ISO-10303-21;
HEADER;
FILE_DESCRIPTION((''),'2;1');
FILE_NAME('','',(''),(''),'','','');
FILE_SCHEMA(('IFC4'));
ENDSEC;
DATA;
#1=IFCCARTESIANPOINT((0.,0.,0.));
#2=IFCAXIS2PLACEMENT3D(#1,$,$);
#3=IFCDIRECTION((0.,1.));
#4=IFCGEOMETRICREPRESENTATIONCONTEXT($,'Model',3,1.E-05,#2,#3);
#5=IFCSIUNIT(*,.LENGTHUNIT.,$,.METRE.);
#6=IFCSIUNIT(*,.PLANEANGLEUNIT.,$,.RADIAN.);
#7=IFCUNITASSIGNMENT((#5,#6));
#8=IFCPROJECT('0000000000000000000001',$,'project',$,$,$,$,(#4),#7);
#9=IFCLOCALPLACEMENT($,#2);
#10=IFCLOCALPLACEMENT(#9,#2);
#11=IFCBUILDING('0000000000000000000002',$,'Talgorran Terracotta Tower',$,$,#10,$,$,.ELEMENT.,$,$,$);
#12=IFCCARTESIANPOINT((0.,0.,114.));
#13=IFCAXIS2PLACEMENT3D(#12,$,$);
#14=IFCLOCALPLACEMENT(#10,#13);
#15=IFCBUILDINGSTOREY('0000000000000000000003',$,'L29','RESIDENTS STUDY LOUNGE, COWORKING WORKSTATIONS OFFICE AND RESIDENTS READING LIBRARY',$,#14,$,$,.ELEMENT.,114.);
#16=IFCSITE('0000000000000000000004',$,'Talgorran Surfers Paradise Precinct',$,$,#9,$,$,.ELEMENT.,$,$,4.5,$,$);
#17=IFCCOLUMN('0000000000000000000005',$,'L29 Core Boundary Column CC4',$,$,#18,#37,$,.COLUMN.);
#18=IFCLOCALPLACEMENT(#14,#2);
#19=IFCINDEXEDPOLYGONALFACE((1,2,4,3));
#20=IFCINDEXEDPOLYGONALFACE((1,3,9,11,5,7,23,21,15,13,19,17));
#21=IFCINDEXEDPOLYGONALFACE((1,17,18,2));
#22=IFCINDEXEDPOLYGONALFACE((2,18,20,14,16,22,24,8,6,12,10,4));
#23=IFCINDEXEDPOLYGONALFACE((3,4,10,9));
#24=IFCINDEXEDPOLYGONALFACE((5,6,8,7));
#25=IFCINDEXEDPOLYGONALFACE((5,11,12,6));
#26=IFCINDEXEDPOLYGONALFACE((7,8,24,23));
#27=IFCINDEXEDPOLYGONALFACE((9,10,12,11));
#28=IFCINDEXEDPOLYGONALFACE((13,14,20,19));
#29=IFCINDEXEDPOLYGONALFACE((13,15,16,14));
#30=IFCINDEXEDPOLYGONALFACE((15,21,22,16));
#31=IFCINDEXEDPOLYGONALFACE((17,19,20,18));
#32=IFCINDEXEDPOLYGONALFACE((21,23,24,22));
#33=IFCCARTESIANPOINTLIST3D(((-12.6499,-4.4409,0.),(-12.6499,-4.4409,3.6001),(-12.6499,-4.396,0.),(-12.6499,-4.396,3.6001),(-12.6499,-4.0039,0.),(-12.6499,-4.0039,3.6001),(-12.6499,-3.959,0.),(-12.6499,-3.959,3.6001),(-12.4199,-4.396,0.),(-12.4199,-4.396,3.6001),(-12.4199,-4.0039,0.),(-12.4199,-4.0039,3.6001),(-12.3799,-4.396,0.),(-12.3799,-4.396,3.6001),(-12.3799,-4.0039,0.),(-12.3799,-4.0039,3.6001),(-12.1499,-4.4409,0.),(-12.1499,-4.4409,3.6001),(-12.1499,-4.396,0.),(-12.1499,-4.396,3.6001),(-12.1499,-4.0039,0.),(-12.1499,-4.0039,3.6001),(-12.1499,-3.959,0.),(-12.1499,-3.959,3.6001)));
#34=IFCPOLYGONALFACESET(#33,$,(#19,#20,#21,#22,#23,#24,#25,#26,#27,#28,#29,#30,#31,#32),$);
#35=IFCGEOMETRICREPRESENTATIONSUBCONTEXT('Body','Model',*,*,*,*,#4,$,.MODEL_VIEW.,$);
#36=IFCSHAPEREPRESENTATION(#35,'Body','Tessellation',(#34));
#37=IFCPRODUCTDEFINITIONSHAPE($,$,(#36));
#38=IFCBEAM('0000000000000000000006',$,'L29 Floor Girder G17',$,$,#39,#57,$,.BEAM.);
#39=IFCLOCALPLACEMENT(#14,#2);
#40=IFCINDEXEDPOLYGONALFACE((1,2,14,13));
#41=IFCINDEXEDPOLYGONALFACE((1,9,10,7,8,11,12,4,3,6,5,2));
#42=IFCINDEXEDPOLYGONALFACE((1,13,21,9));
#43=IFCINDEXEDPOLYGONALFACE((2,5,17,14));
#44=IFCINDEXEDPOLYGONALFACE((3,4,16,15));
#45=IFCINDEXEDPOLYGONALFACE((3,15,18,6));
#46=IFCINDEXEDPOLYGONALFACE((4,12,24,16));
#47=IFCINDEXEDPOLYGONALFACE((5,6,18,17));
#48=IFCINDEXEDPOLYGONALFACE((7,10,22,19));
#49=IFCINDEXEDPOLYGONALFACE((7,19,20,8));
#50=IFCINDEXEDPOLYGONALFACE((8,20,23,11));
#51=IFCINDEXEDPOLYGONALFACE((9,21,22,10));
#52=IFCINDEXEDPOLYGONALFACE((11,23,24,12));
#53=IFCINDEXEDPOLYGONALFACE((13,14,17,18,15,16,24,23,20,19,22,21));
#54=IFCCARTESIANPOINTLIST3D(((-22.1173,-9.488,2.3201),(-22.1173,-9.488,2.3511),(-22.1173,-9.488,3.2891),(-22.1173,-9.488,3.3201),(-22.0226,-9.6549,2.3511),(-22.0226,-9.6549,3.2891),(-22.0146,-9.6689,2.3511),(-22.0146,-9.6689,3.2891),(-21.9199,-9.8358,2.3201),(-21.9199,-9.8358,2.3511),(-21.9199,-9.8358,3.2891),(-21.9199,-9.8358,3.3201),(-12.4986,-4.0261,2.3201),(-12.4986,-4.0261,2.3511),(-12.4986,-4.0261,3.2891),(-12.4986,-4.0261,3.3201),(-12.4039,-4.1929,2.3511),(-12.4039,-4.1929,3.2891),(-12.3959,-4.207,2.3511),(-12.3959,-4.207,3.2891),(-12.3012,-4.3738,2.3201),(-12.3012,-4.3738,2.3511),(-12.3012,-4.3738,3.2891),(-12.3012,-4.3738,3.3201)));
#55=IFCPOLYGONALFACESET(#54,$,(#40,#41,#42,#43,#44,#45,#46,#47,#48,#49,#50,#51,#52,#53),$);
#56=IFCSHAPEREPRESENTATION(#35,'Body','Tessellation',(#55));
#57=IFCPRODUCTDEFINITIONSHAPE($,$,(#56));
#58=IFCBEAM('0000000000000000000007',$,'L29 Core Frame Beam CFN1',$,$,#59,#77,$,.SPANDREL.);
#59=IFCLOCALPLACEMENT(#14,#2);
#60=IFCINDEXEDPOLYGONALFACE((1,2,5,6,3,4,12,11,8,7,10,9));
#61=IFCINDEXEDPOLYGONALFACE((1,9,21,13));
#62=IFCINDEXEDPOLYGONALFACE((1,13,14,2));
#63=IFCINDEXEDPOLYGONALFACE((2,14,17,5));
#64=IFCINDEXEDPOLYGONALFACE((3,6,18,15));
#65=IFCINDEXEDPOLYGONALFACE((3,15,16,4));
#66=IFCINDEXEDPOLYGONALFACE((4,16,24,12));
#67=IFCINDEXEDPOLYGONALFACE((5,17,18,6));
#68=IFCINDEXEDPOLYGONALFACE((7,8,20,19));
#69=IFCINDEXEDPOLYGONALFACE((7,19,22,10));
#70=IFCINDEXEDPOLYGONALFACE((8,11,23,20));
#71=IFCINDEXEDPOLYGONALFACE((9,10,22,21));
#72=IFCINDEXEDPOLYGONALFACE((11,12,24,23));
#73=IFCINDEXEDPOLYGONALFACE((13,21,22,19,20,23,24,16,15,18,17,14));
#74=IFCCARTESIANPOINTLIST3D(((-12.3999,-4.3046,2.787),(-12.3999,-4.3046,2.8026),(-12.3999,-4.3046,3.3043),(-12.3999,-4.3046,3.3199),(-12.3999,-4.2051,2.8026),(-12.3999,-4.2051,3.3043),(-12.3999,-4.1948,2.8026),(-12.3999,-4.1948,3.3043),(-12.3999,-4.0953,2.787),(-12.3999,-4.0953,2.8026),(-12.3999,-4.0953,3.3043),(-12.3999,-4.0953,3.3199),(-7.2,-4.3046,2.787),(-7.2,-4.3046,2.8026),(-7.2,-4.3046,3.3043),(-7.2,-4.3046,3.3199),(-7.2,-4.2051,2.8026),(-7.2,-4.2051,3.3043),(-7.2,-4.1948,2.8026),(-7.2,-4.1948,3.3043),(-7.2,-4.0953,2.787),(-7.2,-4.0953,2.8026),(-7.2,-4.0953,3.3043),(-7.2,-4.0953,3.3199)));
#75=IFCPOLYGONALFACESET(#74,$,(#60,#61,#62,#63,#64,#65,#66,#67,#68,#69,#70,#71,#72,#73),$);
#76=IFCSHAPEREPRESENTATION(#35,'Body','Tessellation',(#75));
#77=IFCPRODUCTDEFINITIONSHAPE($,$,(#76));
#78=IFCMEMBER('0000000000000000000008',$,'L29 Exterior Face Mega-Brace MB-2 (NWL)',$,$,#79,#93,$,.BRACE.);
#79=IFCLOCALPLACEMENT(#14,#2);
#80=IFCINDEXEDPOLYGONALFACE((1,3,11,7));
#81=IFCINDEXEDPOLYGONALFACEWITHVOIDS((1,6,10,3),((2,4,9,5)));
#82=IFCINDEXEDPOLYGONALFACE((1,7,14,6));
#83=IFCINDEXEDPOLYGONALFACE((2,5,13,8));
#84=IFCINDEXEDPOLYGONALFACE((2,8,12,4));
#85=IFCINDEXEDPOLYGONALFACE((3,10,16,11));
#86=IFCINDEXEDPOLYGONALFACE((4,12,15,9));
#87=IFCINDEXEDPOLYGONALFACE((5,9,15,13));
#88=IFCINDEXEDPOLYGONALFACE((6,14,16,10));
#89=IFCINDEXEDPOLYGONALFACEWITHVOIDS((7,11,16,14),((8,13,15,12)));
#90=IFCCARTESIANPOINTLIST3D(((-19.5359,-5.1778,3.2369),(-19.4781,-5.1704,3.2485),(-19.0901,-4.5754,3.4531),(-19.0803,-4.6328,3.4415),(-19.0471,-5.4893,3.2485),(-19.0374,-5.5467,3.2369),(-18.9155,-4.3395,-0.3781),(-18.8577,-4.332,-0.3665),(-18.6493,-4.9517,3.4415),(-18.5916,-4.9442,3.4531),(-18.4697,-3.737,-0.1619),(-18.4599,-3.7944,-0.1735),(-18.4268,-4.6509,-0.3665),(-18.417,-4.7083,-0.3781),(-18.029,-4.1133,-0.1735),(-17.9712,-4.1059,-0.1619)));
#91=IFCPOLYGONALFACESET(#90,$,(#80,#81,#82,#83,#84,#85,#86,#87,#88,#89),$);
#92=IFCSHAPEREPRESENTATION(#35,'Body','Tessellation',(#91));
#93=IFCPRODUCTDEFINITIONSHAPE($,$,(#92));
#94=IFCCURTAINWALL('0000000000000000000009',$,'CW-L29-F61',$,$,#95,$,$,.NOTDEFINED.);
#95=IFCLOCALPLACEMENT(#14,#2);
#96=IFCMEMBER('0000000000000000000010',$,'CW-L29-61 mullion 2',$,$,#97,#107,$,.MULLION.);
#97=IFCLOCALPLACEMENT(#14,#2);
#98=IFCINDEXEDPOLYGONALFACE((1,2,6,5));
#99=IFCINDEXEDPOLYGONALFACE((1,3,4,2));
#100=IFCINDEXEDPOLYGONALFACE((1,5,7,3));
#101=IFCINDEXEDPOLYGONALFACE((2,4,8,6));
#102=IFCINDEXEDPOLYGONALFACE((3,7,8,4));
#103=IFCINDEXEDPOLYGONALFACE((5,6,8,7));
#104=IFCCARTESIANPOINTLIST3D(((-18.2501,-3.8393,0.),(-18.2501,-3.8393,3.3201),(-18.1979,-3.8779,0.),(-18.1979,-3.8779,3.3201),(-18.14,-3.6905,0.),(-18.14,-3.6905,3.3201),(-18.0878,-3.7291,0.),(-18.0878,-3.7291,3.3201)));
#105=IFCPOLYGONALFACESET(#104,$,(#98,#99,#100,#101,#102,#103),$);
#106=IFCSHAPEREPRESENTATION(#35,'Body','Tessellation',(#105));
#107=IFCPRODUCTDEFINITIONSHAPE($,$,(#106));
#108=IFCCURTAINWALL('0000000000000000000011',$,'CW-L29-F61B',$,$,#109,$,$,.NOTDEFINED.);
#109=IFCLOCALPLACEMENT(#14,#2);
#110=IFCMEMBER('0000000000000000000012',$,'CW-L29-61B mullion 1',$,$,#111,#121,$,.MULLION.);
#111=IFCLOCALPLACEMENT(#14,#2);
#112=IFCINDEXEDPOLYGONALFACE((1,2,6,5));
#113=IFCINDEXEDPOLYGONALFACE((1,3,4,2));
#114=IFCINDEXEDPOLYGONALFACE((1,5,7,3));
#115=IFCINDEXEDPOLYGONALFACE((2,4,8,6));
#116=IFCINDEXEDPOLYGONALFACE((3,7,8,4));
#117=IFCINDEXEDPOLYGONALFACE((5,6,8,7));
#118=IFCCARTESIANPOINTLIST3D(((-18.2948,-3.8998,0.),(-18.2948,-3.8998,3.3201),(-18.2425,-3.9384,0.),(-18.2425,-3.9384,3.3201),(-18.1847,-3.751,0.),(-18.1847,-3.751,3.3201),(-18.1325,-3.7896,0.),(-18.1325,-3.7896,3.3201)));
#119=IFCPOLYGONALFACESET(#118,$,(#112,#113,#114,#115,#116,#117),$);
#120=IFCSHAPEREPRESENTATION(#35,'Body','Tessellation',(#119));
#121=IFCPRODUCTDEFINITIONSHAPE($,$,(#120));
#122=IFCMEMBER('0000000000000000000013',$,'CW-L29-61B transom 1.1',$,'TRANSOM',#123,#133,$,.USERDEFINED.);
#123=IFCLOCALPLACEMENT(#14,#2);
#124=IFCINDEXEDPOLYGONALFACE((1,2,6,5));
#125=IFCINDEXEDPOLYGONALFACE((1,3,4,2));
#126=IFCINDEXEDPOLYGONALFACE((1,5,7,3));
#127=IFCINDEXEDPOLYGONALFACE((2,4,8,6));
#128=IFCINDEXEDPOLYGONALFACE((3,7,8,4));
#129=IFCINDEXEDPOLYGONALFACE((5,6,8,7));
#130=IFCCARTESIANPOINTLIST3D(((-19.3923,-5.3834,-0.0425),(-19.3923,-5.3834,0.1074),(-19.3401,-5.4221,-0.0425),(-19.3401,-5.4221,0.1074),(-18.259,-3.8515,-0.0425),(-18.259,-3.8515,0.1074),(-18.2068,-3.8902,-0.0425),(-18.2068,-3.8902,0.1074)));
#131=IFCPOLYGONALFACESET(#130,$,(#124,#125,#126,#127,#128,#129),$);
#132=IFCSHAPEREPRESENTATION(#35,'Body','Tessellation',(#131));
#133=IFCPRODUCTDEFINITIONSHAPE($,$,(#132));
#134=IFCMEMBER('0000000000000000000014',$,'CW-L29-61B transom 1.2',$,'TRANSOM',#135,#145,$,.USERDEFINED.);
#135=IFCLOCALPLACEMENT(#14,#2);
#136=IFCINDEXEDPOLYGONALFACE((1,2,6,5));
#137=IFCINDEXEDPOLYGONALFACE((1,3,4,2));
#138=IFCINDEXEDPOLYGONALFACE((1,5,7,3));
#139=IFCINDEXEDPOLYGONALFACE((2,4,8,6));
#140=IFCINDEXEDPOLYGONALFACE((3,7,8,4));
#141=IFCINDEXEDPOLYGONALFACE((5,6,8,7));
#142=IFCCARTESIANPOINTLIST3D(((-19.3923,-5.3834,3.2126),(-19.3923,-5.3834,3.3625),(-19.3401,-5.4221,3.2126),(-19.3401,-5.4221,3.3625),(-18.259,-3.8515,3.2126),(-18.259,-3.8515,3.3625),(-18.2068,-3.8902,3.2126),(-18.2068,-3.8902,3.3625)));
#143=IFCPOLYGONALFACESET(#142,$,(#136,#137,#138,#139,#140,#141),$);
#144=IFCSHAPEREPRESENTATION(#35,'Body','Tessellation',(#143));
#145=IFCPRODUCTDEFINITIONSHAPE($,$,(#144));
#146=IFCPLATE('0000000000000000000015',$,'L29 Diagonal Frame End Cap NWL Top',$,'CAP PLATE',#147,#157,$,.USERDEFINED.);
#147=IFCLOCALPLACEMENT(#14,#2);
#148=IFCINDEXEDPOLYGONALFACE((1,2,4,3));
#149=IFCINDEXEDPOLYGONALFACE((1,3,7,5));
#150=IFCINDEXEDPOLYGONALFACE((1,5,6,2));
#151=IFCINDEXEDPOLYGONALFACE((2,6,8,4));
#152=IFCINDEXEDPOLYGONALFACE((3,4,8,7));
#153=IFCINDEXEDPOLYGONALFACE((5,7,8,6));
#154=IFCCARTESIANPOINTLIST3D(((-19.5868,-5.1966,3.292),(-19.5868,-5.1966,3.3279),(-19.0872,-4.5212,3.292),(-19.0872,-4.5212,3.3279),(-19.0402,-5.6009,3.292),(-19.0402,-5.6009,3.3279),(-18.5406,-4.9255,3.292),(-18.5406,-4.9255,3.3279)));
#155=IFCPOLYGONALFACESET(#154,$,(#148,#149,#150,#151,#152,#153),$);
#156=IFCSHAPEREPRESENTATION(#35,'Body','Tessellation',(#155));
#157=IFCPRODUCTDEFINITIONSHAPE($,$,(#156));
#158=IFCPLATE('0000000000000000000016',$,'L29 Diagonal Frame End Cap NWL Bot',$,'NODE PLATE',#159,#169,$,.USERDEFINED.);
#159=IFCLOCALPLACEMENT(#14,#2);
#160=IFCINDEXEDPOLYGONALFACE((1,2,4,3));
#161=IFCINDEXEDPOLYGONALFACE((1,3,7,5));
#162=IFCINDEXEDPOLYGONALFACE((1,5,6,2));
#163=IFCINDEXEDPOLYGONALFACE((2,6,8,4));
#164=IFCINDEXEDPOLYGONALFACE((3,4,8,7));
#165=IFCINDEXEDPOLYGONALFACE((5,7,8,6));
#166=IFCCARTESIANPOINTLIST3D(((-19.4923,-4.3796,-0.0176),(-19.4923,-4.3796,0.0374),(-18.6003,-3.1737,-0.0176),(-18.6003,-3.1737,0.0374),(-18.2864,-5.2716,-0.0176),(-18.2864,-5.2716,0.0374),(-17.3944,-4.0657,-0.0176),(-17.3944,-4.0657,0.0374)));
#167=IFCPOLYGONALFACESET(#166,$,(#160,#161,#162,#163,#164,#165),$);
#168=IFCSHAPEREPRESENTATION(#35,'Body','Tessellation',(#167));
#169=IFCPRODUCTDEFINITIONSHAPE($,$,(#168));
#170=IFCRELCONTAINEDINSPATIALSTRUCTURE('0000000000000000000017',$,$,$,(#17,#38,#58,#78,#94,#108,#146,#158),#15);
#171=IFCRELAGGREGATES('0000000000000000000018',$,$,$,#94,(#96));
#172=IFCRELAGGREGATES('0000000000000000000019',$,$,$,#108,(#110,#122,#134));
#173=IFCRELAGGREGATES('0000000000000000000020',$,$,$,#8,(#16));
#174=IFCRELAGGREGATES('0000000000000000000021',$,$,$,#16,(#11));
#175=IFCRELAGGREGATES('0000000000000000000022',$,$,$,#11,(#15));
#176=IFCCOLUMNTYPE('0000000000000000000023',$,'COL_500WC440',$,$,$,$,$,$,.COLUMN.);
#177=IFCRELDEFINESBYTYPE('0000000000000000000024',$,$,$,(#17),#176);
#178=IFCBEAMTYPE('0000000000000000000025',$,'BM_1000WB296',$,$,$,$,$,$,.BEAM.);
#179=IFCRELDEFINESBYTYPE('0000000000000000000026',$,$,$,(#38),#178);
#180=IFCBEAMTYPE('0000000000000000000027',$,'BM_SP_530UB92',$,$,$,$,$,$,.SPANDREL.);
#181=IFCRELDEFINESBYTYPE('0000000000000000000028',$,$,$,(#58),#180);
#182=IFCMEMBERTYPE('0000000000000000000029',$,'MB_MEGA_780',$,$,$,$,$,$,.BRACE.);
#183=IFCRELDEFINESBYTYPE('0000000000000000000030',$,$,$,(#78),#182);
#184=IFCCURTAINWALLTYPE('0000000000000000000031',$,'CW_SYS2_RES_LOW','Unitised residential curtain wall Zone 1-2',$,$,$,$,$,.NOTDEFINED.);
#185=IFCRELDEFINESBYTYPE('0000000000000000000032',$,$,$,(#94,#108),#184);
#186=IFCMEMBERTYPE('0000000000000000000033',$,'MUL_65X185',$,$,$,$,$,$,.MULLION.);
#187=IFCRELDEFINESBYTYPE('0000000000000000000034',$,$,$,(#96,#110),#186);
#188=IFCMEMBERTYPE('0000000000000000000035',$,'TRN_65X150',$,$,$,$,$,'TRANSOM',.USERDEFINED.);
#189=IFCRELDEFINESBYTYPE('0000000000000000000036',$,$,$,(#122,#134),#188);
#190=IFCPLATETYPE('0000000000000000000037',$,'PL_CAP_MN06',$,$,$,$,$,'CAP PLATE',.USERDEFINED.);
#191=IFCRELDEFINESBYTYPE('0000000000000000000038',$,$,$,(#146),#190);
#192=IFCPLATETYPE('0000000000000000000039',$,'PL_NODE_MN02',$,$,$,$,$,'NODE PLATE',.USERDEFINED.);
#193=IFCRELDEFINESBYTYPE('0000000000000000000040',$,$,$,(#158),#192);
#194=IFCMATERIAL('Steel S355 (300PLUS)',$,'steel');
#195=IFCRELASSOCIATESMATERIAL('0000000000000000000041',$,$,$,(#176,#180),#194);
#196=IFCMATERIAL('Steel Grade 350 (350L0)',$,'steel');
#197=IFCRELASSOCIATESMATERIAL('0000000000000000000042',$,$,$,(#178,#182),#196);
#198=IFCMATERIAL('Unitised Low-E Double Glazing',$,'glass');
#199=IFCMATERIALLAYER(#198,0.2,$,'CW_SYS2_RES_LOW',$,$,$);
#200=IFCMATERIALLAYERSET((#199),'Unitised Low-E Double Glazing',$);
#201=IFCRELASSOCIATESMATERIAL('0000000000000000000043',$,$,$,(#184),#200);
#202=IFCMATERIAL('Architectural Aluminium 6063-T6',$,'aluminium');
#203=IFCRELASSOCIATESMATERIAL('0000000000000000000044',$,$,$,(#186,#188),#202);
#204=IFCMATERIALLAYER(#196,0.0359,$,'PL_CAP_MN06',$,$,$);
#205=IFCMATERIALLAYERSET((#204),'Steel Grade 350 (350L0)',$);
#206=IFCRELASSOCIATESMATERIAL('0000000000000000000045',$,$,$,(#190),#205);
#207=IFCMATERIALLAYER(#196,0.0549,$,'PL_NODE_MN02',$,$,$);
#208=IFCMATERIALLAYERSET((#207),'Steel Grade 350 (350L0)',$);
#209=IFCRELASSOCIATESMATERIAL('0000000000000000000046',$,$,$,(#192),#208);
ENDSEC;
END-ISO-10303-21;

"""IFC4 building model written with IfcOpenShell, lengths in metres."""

from ifc_helpers import new_model, si_unit, direction, frame, origin, origin_2d, place, context, subcontext, project, spatial, rectangle, hollow_rectangle, i_section, extrude, material, layer, layer_set, material_profile, profile_set, type_object, element, aggregate, save


model = new_model("IFC4")

# Units and contexts
model_context = context("Model", 3, precision=1e-05, world=origin(), true_north=direction((0.0, 1.0)))
body_context = subcontext(model_context, "Body", "Model", "MODEL_VIEW")
ifc_project = project(units=[si_unit("LENGTHUNIT", "METRE"), si_unit("PLANEANGLEUNIT", "RADIAN")], contexts=[model_context])

# Site, building, storey
site_placement = place(None, origin())
site = spatial("IfcSite", under=ifc_project, at=site_placement, Name="Talgorran Surfers Paradise Precinct", CompositionType="ELEMENT", RefElevation=4.5)
building_placement = place(site_placement, origin())
building = spatial("IfcBuilding", under=site, at=building_placement, Name="Talgorran Terracotta Tower", CompositionType="ELEMENT")
storey_placement = place(building_placement, frame((0.0, 0.0, 114.0)))
storey = spatial("IfcBuildingStorey", under=building, at=storey_placement, Name="L29", Description="RESIDENTS STUDY LOUNGE, COWORKING WORKSTATIONS OFFICE AND RESIDENTS READING LIBRARY", CompositionType="ELEMENT", Elevation=114.0)

# Column
ifc_material_1 = material(Name="Steel S355 (300PLUS)", Category="steel")
ifc_material_profile_1 = material_profile(ifc_material_1, i_section(OverallWidth=0.5, OverallDepth=0.4819, WebThickness=0.04, FlangeThickness=0.0449, at=origin_2d()), Name="500WC440")
ifc_profile_set_1 = profile_set([ifc_material_profile_1], Name="Steel S355 (300PLUS)")
column_type = type_object("IfcColumnType", Name="COL_500WC440", PredefinedType="COLUMN", material=ifc_profile_set_1)
column_placement = place(storey_placement, frame((-12.3999, -4.2, 0.0), z_axis=(0.0, 0.0, 1.0), x_axis=(1.0, 0.0, 0.0)))
element("IfcColumn", 1, at=column_placement, inside=storey, type_object=column_type, Name="L29 Core Boundary Column CC4", PredefinedType="COLUMN", context=body_context, shape_type="SweptSolid", body=[
    extrude(i_section(OverallWidth=0.5, OverallDepth=0.4819, WebThickness=0.04, FlangeThickness=0.0449, at=origin_2d()), origin(), (0.0, 0.0, 1.0), 3.6001),
])

# Beams
ifc_material_2 = material(Name="Steel Grade 350 (350L0)", Category="steel")
ifc_material_profile_2 = material_profile(ifc_material_2, i_section(OverallWidth=0.3999, OverallDepth=1.0, WebThickness=0.0161, FlangeThickness=0.031, at=origin_2d()), Name="1000WB296")
ifc_profile_set_2 = profile_set([ifc_material_profile_2], Name="Steel Grade 350 (350L0)")
beam_type_1 = type_object("IfcBeamType", Name="BM_1000WB296", PredefinedType="BEAM", material=ifc_profile_set_2)
beam_1_placement = place(storey_placement, frame((-12.3999, -4.2, 2.8201), z_axis=(-0.869582, -0.493789, 0.0), x_axis=(0.493789, -0.869582, 0.0)))
element("IfcBeam", 2, at=beam_1_placement, inside=storey, type_object=beam_type_1, Name="L29 Floor Girder G17", PredefinedType="BEAM", context=body_context, shape_type="SweptSolid", body=[
    extrude(i_section(OverallWidth=0.3999, OverallDepth=1.0, WebThickness=0.0161, FlangeThickness=0.031, at=origin_2d()), origin(), (0.0, 0.0, 1.0), 11.0613),
])
ifc_material_profile_3 = material_profile(ifc_material_1, i_section(OverallWidth=0.2092, OverallDepth=0.533, WebThickness=0.0103, FlangeThickness=0.0156, at=origin_2d()), Name="530UB92.4")
ifc_profile_set_3 = profile_set([ifc_material_profile_3], Name="Steel S355 (300PLUS)")
beam_type_2 = type_object("IfcBeamType", Name="BM_SP_530UB92", PredefinedType="SPANDREL", material=ifc_profile_set_3)
beam_2_placement = place(storey_placement, frame((-12.3999, -4.2, 3.0535), z_axis=(1.0, 0.0, 0.0), x_axis=(0.0, 1.0, 0.0)))
element("IfcBeam", 3, at=beam_2_placement, inside=storey, type_object=beam_type_2, Name="L29 Core Frame Beam CFN1", PredefinedType="SPANDREL", context=body_context, shape_type="SweptSolid", body=[
    extrude(i_section(OverallWidth=0.2092, OverallDepth=0.533, WebThickness=0.0103, FlangeThickness=0.0156, at=origin_2d()), origin(), (0.0, 0.0, 1.0), 5.2),
])

# Member
ifc_material_profile_4 = material_profile(ifc_material_2, hollow_rectangle(XDim=0.6201, YDim=0.78, WallThickness=0.042, at=origin_2d()), Name="WBOX780X620X42")
ifc_profile_set_4 = profile_set([ifc_material_profile_4], Name="Steel Grade 350 (350L0)")
member_type_1 = type_object("IfcMemberType", Name="MB_MEGA_780", PredefinedType="BRACE", material=ifc_profile_set_4)
member_1_placement = place(storey_placement, frame((-18.4434, -4.2227, -0.27), z_axis=(-0.164883, -0.222829, 0.960813), x_axis=(0.80386, -0.594819, 0.0)))
element("IfcMember", 4, at=member_1_placement, inside=storey, type_object=member_type_1, Name="L29 Exterior Face Mega-Brace MB-2 (NWL)", PredefinedType="BRACE", context=body_context, shape_type="SweptSolid", body=[
    extrude(hollow_rectangle(XDim=0.6201, YDim=0.78, WallThickness=0.042, at=origin_2d()), origin(), (0.0, 0.0, 1.0), 3.7625),
])

# Curtain wall, member
ifc_material_3 = material(Name="Unitised Low-E Double Glazing", Category="glass")
ifc_layer_1 = layer(ifc_material_3, 0.2, Name="CW_SYS2_RES_LOW")
ifc_layer_set_1 = layer_set([ifc_layer_1], Name="Unitised Low-E Double Glazing")
curtain_wall_type = type_object("IfcCurtainWallType", Name="CW_SYS2_RES_LOW", Description="Unitised residential curtain wall Zone 1-2", PredefinedType="NOTDEFINED", material=ifc_layer_set_1)
curtain_wall_1_placement = place(storey_placement, origin())
curtain_wall_1 = element("IfcCurtainWall", 5, at=curtain_wall_1_placement, inside=storey, type_object=curtain_wall_type, Name="CW-L29-F61", PredefinedType="NOTDEFINED")
ifc_material_4 = material(Name="Architectural Aluminium 6063-T6", Category="aluminium")
ifc_material_profile_5 = material_profile(ifc_material_4, rectangle(XDim=0.0649, YDim=0.1851, at=origin_2d()), Name="CWM65X185")
ifc_profile_set_5 = profile_set([ifc_material_profile_5], Name="Architectural Aluminium 6063-T6")
member_type_2 = type_object("IfcMemberType", Name="MUL_65X185", PredefinedType="MULLION", material=ifc_profile_set_5)
member_2_placement = place(storey_placement, frame((-18.1689, -3.7842, 0.0), z_axis=(0.0, 0.0, 1.0), x_axis=(0.803995, -0.594635, 0.0)))
member_2 = element("IfcMember", 6, at=member_2_placement, type_object=member_type_2, Name="CW-L29-61 mullion 2", PredefinedType="MULLION", context=body_context, shape_type="SweptSolid", body=[
    extrude(rectangle(XDim=0.0649, YDim=0.1851, at=origin_2d()), origin(), (0.0, 0.0, 1.0), 3.3201),
])
aggregate(curtain_wall_1, [member_2])

# Curtain wall, members
curtain_wall_2_placement = place(storey_placement, origin())
curtain_wall_2 = element("IfcCurtainWall", 7, at=curtain_wall_2_placement, inside=storey, type_object=curtain_wall_type, Name="CW-L29-F61B", PredefinedType="NOTDEFINED")
member_3_placement = place(storey_placement, frame((-18.2136, -3.8447, 0.0), z_axis=(0.0, 0.0, 1.0), x_axis=(0.803973, -0.594666, 0.0)))
member_3 = element("IfcMember", 8, at=member_3_placement, type_object=member_type_2, Name="CW-L29-61B mullion 1", PredefinedType="MULLION", context=body_context, shape_type="SweptSolid", body=[
    extrude(rectangle(XDim=0.0649, YDim=0.1851, at=origin_2d()), origin(), (0.0, 0.0, 1.0), 3.3201),
])
ifc_material_profile_6 = material_profile(ifc_material_4, rectangle(XDim=0.0649, YDim=0.1499, at=origin_2d()), Name="CWT65X150")
ifc_profile_set_6 = profile_set([ifc_material_profile_6], Name="Architectural Aluminium 6063-T6")
member_type_3 = type_object("IfcMemberType", Name="TRN_65X150", ElementType="TRANSOM", PredefinedType="USERDEFINED", material=ifc_profile_set_6)
member_4_placement = place(storey_placement, frame((-18.2329, -3.8708, 0.0325), z_axis=(-0.594719, -0.803934, 0.0), x_axis=(0.803934, -0.594719, 0.0)))
member_4 = element("IfcMember", 9, at=member_4_placement, type_object=member_type_3, Name="CW-L29-61B transom 1.1", ObjectType="TRANSOM", PredefinedType="USERDEFINED", context=body_context, shape_type="SweptSolid", body=[
    extrude(rectangle(XDim=0.0649, YDim=0.1499, at=origin_2d()), origin(), (0.0, 0.0, 1.0), 1.9055),
])
member_5_placement = place(storey_placement, frame((-18.2329, -3.8708, 3.2876), z_axis=(-0.594719, -0.803934, 0.0), x_axis=(0.803934, -0.594719, 0.0)))
member_5 = element("IfcMember", 10, at=member_5_placement, type_object=member_type_3, Name="CW-L29-61B transom 1.2", ObjectType="TRANSOM", PredefinedType="USERDEFINED", context=body_context, shape_type="SweptSolid", body=[
    extrude(rectangle(XDim=0.0649, YDim=0.1499, at=origin_2d()), origin(), (0.0, 0.0, 1.0), 1.9055),
])

# Plates
ifc_layer_2 = layer(ifc_material_2, 0.0359, Name="PL_CAP_MN06")
ifc_layer_set_2 = layer_set([ifc_layer_2], Name="Steel Grade 350 (350L0)")
plate_type_1 = type_object("IfcPlateType", Name="PL_CAP_MN06", ElementType="CAP PLATE", PredefinedType="USERDEFINED", material=ifc_layer_set_2)
plate_1_placement = place(storey_placement, frame((-19.0637, -5.061, 3.292), z_axis=(0.0, 0.0, 1.0), x_axis=(-0.594682, -0.803961, 0.0)))
element("IfcPlate", 11, at=plate_1_placement, inside=storey, type_object=plate_type_1, Name="L29 Diagonal Frame End Cap NWL Top", ObjectType="CAP PLATE", PredefinedType="USERDEFINED", context=body_context, shape_type="SweptSolid", body=[
    extrude(rectangle(XDim=0.8401, YDim=0.6799, at=origin_2d()), origin(), (0.0, 0.0, 1.0), 0.0359),
])
ifc_layer_3 = layer(ifc_material_2, 0.0549, Name="PL_NODE_MN02")
ifc_layer_set_3 = layer_set([ifc_layer_3], Name="Steel Grade 350 (350L0)")
plate_type_2 = type_object("IfcPlateType", Name="PL_NODE_MN02", ElementType="NODE PLATE", PredefinedType="USERDEFINED", material=ifc_layer_set_3)
plate_2_placement = place(storey_placement, frame((-18.4434, -4.2227, -0.0176), z_axis=(0.0, 0.0, 1.0), x_axis=(-0.594682, -0.803961, 0.0)))
element("IfcPlate", 12, at=plate_2_placement, inside=storey, type_object=plate_type_2, Name="L29 Diagonal Frame End Cap NWL Bot", ObjectType="NODE PLATE", PredefinedType="USERDEFINED", context=body_context, shape_type="SweptSolid", body=[
    extrude(rectangle(XDim=1.5, YDim=1.5, at=origin_2d()), origin(), (0.0, 0.0, 1.0), 0.0549),
])

aggregate(curtain_wall_2, [member_3, member_4, member_5])

save(model, "model.ifc")
